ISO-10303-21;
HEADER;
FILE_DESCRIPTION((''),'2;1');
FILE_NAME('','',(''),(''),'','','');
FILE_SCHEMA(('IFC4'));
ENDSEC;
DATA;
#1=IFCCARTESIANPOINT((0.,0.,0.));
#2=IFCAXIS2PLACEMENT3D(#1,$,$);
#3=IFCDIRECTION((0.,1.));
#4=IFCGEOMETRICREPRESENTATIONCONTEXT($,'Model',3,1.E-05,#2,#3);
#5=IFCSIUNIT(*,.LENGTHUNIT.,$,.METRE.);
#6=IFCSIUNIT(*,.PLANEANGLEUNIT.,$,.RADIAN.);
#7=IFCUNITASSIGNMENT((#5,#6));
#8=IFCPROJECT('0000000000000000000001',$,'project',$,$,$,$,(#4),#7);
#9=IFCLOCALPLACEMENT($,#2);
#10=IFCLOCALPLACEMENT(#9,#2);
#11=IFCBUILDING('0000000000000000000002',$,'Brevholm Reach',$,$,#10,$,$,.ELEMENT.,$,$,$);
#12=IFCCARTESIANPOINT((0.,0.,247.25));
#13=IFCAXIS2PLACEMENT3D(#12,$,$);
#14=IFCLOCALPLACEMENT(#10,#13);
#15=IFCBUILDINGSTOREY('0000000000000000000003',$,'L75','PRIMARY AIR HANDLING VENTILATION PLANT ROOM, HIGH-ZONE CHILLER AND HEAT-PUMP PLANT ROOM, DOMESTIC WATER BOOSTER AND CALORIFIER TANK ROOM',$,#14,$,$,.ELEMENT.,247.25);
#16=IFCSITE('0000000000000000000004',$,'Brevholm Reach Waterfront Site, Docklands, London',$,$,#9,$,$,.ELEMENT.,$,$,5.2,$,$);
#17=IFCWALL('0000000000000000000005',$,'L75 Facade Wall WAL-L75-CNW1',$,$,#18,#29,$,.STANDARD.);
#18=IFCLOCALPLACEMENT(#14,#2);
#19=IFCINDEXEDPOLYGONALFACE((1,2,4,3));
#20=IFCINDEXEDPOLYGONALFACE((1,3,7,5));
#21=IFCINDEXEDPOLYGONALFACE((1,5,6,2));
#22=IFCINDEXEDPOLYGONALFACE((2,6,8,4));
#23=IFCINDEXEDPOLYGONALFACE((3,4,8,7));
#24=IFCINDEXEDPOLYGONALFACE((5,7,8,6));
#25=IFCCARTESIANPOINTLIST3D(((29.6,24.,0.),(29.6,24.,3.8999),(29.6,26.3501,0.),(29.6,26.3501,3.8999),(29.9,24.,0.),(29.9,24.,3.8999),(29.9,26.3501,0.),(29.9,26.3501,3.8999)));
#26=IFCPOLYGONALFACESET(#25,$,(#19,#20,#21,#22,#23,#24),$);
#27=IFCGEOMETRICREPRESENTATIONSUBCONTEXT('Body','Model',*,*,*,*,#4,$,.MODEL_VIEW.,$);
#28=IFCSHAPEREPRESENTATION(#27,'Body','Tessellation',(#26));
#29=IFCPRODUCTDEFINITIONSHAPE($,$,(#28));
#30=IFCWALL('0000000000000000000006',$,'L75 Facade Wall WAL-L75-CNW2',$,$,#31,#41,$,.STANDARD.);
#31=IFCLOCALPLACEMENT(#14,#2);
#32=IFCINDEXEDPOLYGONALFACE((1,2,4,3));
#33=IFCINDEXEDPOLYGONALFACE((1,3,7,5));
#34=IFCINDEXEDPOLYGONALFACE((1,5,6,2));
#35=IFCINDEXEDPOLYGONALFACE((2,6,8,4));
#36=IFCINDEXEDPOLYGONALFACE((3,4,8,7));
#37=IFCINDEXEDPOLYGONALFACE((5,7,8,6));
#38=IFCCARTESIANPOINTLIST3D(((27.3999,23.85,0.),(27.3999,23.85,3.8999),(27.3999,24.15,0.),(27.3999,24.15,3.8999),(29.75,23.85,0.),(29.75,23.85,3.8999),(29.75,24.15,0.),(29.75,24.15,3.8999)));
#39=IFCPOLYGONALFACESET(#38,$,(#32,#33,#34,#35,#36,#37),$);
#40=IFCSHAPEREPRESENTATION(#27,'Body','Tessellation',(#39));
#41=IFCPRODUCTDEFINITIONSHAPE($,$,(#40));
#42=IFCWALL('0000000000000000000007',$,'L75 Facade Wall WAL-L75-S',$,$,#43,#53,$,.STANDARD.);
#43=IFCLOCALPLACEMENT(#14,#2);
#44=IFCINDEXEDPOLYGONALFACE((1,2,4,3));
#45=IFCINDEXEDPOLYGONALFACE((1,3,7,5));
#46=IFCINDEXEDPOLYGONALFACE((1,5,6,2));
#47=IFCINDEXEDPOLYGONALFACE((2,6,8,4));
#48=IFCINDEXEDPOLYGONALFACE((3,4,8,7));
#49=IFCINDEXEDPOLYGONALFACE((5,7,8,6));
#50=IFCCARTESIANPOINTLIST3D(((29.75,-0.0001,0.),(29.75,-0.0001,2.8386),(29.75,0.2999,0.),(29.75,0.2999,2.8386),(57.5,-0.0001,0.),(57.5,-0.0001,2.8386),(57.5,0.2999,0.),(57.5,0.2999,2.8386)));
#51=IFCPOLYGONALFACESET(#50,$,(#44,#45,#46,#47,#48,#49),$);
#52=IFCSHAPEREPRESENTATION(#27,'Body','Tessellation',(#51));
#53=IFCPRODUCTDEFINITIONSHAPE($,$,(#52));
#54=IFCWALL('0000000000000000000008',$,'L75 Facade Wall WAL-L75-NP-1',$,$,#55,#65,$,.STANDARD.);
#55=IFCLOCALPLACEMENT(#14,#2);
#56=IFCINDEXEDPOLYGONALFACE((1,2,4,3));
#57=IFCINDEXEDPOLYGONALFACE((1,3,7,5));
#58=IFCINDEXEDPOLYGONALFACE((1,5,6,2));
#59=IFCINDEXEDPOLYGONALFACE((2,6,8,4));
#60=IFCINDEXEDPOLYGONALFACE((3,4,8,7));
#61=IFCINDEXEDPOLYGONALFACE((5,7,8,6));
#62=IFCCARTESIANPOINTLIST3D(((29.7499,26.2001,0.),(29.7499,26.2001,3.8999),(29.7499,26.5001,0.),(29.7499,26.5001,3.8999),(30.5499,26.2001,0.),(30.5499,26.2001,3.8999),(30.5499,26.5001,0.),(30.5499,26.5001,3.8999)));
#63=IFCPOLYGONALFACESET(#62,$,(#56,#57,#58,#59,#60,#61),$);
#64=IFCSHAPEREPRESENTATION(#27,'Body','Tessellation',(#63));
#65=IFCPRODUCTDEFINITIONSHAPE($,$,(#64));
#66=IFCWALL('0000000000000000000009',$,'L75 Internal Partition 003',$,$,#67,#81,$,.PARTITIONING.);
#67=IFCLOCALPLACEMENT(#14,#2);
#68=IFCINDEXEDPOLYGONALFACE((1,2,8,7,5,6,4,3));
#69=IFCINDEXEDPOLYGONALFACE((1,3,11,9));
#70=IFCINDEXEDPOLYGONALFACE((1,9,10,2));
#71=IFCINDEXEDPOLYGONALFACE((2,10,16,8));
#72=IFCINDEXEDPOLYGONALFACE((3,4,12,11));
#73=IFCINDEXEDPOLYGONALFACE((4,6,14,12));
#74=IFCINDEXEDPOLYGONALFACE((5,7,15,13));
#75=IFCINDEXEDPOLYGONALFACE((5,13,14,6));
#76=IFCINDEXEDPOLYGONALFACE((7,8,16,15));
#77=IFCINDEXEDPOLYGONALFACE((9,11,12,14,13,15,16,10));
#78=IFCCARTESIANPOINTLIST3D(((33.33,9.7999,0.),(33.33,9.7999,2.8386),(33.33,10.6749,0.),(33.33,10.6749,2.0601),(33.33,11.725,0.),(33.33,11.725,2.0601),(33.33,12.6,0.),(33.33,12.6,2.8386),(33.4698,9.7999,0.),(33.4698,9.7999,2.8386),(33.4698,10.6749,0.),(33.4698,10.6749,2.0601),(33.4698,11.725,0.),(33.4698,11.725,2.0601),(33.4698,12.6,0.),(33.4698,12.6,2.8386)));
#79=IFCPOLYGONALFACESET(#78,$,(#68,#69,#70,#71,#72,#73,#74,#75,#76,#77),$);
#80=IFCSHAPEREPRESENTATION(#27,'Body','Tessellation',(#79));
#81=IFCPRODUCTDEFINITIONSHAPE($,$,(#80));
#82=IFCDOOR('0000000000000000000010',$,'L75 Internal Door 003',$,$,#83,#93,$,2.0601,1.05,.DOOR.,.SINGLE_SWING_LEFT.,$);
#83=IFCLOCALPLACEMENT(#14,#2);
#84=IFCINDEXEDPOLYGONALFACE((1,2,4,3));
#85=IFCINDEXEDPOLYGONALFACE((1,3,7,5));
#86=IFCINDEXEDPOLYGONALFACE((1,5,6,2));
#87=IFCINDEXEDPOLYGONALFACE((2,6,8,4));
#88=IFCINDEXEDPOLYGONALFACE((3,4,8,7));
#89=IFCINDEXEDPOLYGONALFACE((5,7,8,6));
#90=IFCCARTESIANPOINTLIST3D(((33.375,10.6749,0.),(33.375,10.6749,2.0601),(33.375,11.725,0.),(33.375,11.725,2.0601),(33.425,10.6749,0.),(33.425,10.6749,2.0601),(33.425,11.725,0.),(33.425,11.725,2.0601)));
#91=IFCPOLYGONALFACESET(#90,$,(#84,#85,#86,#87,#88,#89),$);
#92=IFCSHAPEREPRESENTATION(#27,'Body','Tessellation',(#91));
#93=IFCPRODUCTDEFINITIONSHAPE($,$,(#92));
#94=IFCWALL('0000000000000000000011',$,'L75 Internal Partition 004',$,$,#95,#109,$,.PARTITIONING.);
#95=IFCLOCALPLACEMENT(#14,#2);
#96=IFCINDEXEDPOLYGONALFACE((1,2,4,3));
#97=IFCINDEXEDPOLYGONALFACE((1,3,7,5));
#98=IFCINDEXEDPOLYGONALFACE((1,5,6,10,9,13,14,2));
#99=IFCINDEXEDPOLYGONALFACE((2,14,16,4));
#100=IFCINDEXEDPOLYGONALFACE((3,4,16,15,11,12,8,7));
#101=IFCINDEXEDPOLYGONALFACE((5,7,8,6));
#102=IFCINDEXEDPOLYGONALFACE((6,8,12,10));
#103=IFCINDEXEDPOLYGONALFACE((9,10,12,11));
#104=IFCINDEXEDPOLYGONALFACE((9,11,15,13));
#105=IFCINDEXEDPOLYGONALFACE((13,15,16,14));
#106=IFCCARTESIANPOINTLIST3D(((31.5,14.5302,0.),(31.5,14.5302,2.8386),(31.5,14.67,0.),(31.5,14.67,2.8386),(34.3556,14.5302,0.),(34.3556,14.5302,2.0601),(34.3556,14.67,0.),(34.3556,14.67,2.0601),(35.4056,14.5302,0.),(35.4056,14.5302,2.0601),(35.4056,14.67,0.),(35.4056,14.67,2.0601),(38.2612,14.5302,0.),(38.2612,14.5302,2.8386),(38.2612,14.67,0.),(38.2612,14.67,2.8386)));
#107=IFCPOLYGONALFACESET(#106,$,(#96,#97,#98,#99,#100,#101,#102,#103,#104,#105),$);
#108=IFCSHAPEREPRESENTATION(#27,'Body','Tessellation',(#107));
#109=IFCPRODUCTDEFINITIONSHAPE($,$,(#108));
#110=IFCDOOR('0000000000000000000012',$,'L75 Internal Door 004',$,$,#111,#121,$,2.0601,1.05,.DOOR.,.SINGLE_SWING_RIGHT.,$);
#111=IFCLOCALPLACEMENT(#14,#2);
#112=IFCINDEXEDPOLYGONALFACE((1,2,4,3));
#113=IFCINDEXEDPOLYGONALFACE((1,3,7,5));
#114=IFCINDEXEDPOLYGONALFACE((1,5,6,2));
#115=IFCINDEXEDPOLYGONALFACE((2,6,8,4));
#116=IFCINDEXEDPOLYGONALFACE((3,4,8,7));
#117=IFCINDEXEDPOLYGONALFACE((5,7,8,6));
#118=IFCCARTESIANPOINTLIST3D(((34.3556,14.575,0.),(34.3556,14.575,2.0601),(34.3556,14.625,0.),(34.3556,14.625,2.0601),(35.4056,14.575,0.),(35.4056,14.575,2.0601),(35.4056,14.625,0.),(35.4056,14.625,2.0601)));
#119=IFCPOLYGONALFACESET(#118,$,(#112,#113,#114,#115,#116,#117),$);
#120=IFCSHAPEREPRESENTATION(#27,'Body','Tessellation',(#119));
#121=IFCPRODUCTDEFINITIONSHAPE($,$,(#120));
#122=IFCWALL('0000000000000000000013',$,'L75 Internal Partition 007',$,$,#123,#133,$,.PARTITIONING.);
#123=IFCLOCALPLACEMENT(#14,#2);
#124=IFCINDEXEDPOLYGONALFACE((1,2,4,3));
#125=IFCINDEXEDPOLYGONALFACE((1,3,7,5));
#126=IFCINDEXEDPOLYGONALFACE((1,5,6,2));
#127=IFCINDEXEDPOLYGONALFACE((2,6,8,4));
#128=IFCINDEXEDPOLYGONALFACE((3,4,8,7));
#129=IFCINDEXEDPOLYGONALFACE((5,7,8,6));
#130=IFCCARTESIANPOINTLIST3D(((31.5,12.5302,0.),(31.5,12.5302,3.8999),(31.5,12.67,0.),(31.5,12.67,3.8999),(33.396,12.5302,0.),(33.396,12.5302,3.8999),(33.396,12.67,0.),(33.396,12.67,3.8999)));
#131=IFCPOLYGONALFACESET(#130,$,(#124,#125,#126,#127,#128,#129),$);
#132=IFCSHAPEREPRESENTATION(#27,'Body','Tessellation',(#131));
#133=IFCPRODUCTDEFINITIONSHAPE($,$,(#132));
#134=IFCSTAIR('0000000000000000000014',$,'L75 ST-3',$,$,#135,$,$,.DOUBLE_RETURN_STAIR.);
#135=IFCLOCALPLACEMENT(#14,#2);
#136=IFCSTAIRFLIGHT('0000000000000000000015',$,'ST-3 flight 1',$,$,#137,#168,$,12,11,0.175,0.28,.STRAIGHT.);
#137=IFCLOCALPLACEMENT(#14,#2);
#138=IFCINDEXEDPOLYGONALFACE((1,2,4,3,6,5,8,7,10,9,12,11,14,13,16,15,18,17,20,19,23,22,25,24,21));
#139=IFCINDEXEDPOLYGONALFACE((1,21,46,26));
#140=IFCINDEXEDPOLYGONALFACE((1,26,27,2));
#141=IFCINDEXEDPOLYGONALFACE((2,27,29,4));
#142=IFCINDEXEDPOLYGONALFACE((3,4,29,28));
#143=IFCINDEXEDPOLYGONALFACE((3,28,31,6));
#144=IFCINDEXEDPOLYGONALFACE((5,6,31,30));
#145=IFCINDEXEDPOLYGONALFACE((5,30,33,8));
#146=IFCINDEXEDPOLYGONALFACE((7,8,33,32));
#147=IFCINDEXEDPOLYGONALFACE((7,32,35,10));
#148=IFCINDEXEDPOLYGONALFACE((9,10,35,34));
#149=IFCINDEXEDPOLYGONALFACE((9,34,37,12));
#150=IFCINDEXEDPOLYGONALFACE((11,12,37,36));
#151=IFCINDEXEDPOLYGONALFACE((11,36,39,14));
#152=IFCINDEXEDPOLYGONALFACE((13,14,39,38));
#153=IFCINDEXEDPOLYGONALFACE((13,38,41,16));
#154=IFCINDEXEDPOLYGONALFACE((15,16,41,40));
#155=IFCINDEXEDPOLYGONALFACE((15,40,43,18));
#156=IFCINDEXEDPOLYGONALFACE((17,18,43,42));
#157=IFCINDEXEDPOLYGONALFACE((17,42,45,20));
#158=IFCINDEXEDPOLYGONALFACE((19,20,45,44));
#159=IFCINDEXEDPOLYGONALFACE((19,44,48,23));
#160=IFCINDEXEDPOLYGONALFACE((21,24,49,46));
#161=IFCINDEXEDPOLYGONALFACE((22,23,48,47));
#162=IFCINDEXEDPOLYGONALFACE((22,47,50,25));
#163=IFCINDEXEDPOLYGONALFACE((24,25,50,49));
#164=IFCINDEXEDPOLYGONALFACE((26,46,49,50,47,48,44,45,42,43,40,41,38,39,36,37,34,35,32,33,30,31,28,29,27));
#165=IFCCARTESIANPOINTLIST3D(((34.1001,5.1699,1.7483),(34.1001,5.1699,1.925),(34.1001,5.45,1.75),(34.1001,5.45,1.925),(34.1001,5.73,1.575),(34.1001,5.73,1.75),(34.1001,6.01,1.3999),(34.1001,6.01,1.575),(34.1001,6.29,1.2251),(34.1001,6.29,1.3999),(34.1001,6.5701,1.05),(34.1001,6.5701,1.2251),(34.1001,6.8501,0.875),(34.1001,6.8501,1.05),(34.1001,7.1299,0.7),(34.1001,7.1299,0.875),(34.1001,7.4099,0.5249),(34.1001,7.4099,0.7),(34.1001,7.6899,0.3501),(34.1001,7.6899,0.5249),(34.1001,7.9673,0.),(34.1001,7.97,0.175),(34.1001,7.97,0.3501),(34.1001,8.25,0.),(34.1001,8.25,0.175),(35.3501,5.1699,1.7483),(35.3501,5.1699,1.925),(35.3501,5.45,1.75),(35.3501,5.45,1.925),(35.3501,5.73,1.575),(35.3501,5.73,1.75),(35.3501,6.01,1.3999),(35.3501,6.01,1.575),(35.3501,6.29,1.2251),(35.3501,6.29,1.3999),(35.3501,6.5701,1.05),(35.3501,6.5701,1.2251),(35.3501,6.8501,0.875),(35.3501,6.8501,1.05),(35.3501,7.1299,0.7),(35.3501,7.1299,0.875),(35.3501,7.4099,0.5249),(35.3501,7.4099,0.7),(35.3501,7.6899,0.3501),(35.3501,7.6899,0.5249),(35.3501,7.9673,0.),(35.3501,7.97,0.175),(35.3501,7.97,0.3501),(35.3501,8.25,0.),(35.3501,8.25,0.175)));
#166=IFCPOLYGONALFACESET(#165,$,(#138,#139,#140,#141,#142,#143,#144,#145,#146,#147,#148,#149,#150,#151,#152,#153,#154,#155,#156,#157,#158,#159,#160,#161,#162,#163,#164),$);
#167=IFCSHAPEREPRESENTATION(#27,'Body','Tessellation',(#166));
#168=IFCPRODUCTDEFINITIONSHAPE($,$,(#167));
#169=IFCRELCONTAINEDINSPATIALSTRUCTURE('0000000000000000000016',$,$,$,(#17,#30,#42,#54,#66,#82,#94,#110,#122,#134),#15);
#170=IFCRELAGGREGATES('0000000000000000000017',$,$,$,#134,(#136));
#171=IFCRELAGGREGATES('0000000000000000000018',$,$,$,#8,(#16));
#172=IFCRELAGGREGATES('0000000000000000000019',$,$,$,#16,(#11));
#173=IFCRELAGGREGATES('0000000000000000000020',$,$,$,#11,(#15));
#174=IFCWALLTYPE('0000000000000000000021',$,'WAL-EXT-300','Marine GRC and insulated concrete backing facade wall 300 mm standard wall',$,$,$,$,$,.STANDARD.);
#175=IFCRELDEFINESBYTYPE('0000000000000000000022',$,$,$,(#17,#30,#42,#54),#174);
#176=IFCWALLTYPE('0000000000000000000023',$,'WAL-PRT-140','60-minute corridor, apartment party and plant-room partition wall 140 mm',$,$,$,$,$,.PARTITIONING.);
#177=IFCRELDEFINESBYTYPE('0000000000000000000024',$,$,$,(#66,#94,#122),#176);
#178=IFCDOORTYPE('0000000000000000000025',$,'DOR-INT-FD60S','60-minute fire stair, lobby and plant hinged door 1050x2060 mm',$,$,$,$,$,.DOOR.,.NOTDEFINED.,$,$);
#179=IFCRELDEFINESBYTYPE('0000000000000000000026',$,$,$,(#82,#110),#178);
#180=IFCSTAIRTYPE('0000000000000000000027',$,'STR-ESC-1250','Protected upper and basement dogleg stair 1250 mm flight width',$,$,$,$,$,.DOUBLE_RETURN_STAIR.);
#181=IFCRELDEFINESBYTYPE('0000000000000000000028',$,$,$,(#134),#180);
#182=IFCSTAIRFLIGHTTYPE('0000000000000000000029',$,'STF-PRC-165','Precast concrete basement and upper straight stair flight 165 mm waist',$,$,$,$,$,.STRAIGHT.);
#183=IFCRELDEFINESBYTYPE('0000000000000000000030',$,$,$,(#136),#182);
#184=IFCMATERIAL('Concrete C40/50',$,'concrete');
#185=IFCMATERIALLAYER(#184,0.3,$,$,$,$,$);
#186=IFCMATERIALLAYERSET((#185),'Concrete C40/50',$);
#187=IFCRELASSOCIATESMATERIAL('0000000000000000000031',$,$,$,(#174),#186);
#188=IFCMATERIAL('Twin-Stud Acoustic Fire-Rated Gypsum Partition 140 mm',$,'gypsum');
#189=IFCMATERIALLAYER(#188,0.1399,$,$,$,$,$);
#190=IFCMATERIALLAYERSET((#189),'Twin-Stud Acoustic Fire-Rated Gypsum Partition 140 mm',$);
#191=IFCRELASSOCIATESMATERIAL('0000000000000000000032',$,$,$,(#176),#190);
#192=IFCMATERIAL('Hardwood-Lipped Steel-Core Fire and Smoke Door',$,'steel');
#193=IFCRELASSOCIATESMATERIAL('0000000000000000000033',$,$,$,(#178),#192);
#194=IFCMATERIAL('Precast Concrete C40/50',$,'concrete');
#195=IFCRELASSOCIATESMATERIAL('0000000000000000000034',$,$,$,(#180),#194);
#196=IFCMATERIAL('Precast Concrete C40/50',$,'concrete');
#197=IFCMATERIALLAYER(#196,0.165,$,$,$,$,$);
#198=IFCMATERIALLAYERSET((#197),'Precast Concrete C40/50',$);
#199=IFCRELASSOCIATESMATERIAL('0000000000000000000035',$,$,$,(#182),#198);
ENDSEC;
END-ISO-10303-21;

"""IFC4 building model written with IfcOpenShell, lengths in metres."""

from ifc_helpers import new_model, si_unit, direction, frame, frame_2d, origin, place, context, subcontext, project, spatial, polyline, rectangle, outline, extrude, material, layer, layer_set, type_object, element, fill, aggregate, save


model = new_model("IFC4")

# Units and contexts
model_context = context("Model", 3, precision=1e-05, world=origin(), true_north=direction((0.0, 1.0)))
body_context = subcontext(model_context, "Body", "Model", "MODEL_VIEW")
ifc_project = project(units=[si_unit("LENGTHUNIT", "METRE"), si_unit("PLANEANGLEUNIT", "RADIAN")], contexts=[model_context])

# Site, building, storey
site_placement = place(None, origin())
site = spatial("IfcSite", under=ifc_project, at=site_placement, Name="Brevholm Reach Waterfront Site, Docklands, London", CompositionType="ELEMENT", RefElevation=5.2)
building_placement = place(site_placement, origin())
building = spatial("IfcBuilding", under=site, at=building_placement, Name="Brevholm Reach", CompositionType="ELEMENT")
storey_placement = place(building_placement, frame((0.0, 0.0, 247.25)))
storey = spatial("IfcBuildingStorey", under=building, at=storey_placement, Name="L75", Description="PRIMARY AIR HANDLING VENTILATION PLANT ROOM, HIGH-ZONE CHILLER AND HEAT-PUMP PLANT ROOM, DOMESTIC WATER BOOSTER AND CALORIFIER TANK ROOM", CompositionType="ELEMENT", Elevation=247.25)

# Walls
ifc_material_1 = material(Name="Concrete C40/50", Category="concrete")
ifc_layer_1 = layer(ifc_material_1, 0.3)
ifc_layer_set_1 = layer_set([ifc_layer_1], Name="Concrete C40/50")
wall_type_1 = type_object("IfcWallType", Name="WAL-EXT-300", Description="Marine GRC and insulated concrete backing facade wall 300 mm standard wall", PredefinedType="STANDARD", material=ifc_layer_set_1)
for number, where, z_axis, x_axis, name in (
    (1, (29.75, 26.3501, 0.0), (0.0, 0.0, 1.0), (0.0, -1.0, 0.0), "L75 Facade Wall WAL-L75-CNW1"),
    (2, (29.75, 24.0, 0.0), (0.0, 0.0, 1.0), (-1.0, 0.0, 0.0), "L75 Facade Wall WAL-L75-CNW2"),
):
    element("IfcWall", number, at=place(storey_placement, frame(where, z_axis=z_axis, x_axis=x_axis)), inside=storey, type_object=wall_type_1, Name=name, PredefinedType="STANDARD", context=body_context, shape_type="SweptSolid", body=[
        extrude(rectangle(XDim=2.3501, YDim=0.3, at=frame_2d((1.175, 0.0))), origin(), (0.0, 0.0, 1.0), 3.8999),
    ])
wall_1_placement = place(storey_placement, frame((29.75, 0.1499, 0.0), z_axis=(0.0, 0.0, 1.0), x_axis=(1.0, 0.0, 0.0)))
element("IfcWall", 3, at=wall_1_placement, inside=storey, type_object=wall_type_1, Name="L75 Facade Wall WAL-L75-S", PredefinedType="STANDARD", context=body_context, shape_type="SweptSolid", body=[
    extrude(rectangle(XDim=27.75, YDim=0.3, at=frame_2d((13.875, 0.0))), origin(), (0.0, 0.0, 1.0), 2.8386),
])
wall_2_placement = place(storey_placement, frame((29.75, 26.3501, 0.0), z_axis=(0.0, 0.0, 1.0), x_axis=(1.0, 0.0, 0.0)))
element("IfcWall", 4, at=wall_2_placement, inside=storey, type_object=wall_type_1, Name="L75 Facade Wall WAL-L75-NP-1", PredefinedType="STANDARD", context=body_context, shape_type="SweptSolid", body=[
    extrude(rectangle(XDim=0.8, YDim=0.3, at=frame_2d((0.3999, 0.0))), origin(), (0.0, 0.0, 1.0), 3.8999),
])

# Walls, openings, doors
ifc_material_2 = material(Name="Twin-Stud Acoustic Fire-Rated Gypsum Partition 140 mm", Category="gypsum")
ifc_layer_2 = layer(ifc_material_2, 0.1399)
ifc_layer_set_2 = layer_set([ifc_layer_2], Name="Twin-Stud Acoustic Fire-Rated Gypsum Partition 140 mm")
wall_type_2 = type_object("IfcWallType", Name="WAL-PRT-140", Description="60-minute corridor, apartment party and plant-room partition wall 140 mm", PredefinedType="PARTITIONING", material=ifc_layer_set_2)
wall_3_placement = place(storey_placement, frame((33.3999, 9.8, 0.0), z_axis=(0.0, 0.0, 1.0), x_axis=(0.0, 1.0, 0.0)))
wall_3 = element("IfcWall", 5, at=wall_3_placement, inside=storey, type_object=wall_type_2, Name="L75 Internal Partition 003", PredefinedType="PARTITIONING", context=body_context, shape_type="SweptSolid", body=[
    extrude(rectangle(XDim=2.8, YDim=0.1399, at=frame_2d((1.3999, 0.0))), origin(), (0.0, 0.0, 1.0), 2.8386),
])
opening_1_placement = place(wall_3_placement, frame((0.875, 0.0, 0.0)))
opening_1 = element("IfcOpeningElement", 6, at=opening_1_placement, cuts=wall_3, PredefinedType="OPENING", context=body_context, shape_type="SweptSolid", body=[
    extrude(rectangle(XDim=1.05, YDim=2.0601, at=frame_2d((0.5249, 1.03))), frame((0.0, 0.0798, 0.0), z_axis=(0.0, -1.0, 0.0), x_axis=(1.0, 0.0, 0.0)), (0.0, 0.0, 1.0), 0.1599),
])
ifc_material_3 = material(Name="Hardwood-Lipped Steel-Core Fire and Smoke Door", Category="steel")
door_type = type_object("IfcDoorType", Name="DOR-INT-FD60S", Description="60-minute fire stair, lobby and plant hinged door 1050x2060 mm", OperationType="NOTDEFINED", PredefinedType="DOOR", material=ifc_material_3)
door_1_placement = place(opening_1_placement, origin())
door_1 = element("IfcDoor", 7, at=door_1_placement, inside=storey, type_object=door_type, Name="L75 Internal Door 003", OperationType="SINGLE_SWING_LEFT", OverallHeight=2.0601, OverallWidth=1.05, PredefinedType="DOOR", context=body_context, shape_type="SweptSolid", body=[
    extrude(rectangle(XDim=1.05, YDim=2.0601, at=frame_2d((0.5249, 1.03))), frame((0.0, 0.0249, 0.0), z_axis=(0.0, -1.0, 0.0), x_axis=(1.0, 0.0, 0.0)), (0.0, 0.0, 1.0), 0.05),
])
fill(opening_1, door_1)
wall_4_placement = place(storey_placement, frame((31.5, 14.6001, 0.0), z_axis=(0.0, 0.0, 1.0), x_axis=(1.0, 0.0, 0.0)))
wall_4 = element("IfcWall", 8, at=wall_4_placement, inside=storey, type_object=wall_type_2, Name="L75 Internal Partition 004", PredefinedType="PARTITIONING", context=body_context, shape_type="SweptSolid", body=[
    extrude(rectangle(XDim=6.7612, YDim=0.1399, at=frame_2d((3.3806, 0.0))), origin(), (0.0, 0.0, 1.0), 2.8386),
])
opening_2_placement = place(wall_4_placement, frame((2.8557, 0.0, 0.0)))
opening_2 = element("IfcOpeningElement", 9, at=opening_2_placement, cuts=wall_4, PredefinedType="OPENING", context=body_context, shape_type="SweptSolid", body=[
    extrude(rectangle(XDim=1.05, YDim=2.0601, at=frame_2d((0.5249, 1.03))), frame((0.0, 0.0798, 0.0), z_axis=(0.0, -1.0, 0.0), x_axis=(1.0, 0.0, 0.0)), (0.0, 0.0, 1.0), 0.1599),
])
door_2_placement = place(opening_2_placement, origin())
door_2 = element("IfcDoor", 10, at=door_2_placement, inside=storey, type_object=door_type, Name="L75 Internal Door 004", OperationType="SINGLE_SWING_RIGHT", OverallHeight=2.0601, OverallWidth=1.05, PredefinedType="DOOR", context=body_context, shape_type="SweptSolid", body=[
    extrude(rectangle(XDim=1.05, YDim=2.0601, at=frame_2d((0.5249, 1.03))), frame((0.0, 0.0249, 0.0), z_axis=(0.0, -1.0, 0.0), x_axis=(1.0, 0.0, 0.0)), (0.0, 0.0, 1.0), 0.05),
])
fill(opening_2, door_2)

# Wall
wall_5_placement = place(storey_placement, frame((31.5, 12.6001, 0.0), z_axis=(0.0, 0.0, 1.0), x_axis=(1.0, 0.0, 0.0)))
element("IfcWall", 11, at=wall_5_placement, inside=storey, type_object=wall_type_2, Name="L75 Internal Partition 007", PredefinedType="PARTITIONING", context=body_context, shape_type="SweptSolid", body=[
    extrude(rectangle(XDim=1.896, YDim=0.1399, at=frame_2d((0.948, 0.0))), origin(), (0.0, 0.0, 1.0), 3.8999),
])

# Stair, stair flight
ifc_material_4 = material(Name="Precast Concrete C40/50", Category="concrete")
stair_type = type_object("IfcStairType", Name="STR-ESC-1250", Description="Protected upper and basement dogleg stair 1250 mm flight width", PredefinedType="DOUBLE_RETURN_STAIR", material=ifc_material_4)
stair_placement = place(storey_placement, origin())
stair = element("IfcStair", 12, at=stair_placement, inside=storey, type_object=stair_type, Name="L75 ST-3", PredefinedType="DOUBLE_RETURN_STAIR")
ifc_material_5 = material(Name="Precast Concrete C40/50", Category="concrete")
ifc_layer_3 = layer(ifc_material_5, 0.165)
ifc_layer_set_3 = layer_set([ifc_layer_3], Name="Precast Concrete C40/50")
stair_flight_type = type_object("IfcStairFlightType", Name="STF-PRC-165", Description="Precast concrete basement and upper straight stair flight 165 mm waist", PredefinedType="STRAIGHT", material=ifc_layer_set_3)
stair_flight_placement = place(storey_placement, frame((34.7251, 8.25, 0.0), z_axis=(0.0, 0.0, 1.0), x_axis=(0.0, -1.0, 0.0)))
stair_flight = element("IfcStairFlight", 13, at=stair_flight_placement, type_object=stair_flight_type, Name="ST-3 flight 1", NumberOfRisers=12, NumberOfTreads=11, PredefinedType="STRAIGHT", RiserHeight=0.175, TreadLength=0.28, context=body_context, shape_type="SweptSolid", body=[
    extrude(outline(polyline([(0.0, 0.0), (0.0, 0.175), (0.28, 0.175), (0.28, 0.3501), (0.5601, 0.3501), (0.5601, 0.5249), (0.8401, 0.5249), (0.8401, 0.7), (1.1201, 0.7), (1.1201, 0.875), (1.3999, 0.875), (1.3999, 1.05), (1.6799, 1.05), (1.6799, 1.2251), (1.96, 1.2251), (1.96, 1.3999), (2.24, 1.3999), (2.24, 1.575), (2.52, 1.575), (2.52, 1.75), (2.8, 1.75), (2.8, 1.925), (3.0801, 1.925), (3.0801, 2.1001), (3.0801, 1.7483), (0.2827, 0.0), (0.0, 0.0)])), frame((0.0, 0.625, 0.0), z_axis=(0.0, -1.0, 0.0), x_axis=(1.0, 0.0, 0.0)), (0.0, 0.0, 1.0), 1.25),
])
aggregate(stair, [stair_flight])

save(model, "model.ifc")
